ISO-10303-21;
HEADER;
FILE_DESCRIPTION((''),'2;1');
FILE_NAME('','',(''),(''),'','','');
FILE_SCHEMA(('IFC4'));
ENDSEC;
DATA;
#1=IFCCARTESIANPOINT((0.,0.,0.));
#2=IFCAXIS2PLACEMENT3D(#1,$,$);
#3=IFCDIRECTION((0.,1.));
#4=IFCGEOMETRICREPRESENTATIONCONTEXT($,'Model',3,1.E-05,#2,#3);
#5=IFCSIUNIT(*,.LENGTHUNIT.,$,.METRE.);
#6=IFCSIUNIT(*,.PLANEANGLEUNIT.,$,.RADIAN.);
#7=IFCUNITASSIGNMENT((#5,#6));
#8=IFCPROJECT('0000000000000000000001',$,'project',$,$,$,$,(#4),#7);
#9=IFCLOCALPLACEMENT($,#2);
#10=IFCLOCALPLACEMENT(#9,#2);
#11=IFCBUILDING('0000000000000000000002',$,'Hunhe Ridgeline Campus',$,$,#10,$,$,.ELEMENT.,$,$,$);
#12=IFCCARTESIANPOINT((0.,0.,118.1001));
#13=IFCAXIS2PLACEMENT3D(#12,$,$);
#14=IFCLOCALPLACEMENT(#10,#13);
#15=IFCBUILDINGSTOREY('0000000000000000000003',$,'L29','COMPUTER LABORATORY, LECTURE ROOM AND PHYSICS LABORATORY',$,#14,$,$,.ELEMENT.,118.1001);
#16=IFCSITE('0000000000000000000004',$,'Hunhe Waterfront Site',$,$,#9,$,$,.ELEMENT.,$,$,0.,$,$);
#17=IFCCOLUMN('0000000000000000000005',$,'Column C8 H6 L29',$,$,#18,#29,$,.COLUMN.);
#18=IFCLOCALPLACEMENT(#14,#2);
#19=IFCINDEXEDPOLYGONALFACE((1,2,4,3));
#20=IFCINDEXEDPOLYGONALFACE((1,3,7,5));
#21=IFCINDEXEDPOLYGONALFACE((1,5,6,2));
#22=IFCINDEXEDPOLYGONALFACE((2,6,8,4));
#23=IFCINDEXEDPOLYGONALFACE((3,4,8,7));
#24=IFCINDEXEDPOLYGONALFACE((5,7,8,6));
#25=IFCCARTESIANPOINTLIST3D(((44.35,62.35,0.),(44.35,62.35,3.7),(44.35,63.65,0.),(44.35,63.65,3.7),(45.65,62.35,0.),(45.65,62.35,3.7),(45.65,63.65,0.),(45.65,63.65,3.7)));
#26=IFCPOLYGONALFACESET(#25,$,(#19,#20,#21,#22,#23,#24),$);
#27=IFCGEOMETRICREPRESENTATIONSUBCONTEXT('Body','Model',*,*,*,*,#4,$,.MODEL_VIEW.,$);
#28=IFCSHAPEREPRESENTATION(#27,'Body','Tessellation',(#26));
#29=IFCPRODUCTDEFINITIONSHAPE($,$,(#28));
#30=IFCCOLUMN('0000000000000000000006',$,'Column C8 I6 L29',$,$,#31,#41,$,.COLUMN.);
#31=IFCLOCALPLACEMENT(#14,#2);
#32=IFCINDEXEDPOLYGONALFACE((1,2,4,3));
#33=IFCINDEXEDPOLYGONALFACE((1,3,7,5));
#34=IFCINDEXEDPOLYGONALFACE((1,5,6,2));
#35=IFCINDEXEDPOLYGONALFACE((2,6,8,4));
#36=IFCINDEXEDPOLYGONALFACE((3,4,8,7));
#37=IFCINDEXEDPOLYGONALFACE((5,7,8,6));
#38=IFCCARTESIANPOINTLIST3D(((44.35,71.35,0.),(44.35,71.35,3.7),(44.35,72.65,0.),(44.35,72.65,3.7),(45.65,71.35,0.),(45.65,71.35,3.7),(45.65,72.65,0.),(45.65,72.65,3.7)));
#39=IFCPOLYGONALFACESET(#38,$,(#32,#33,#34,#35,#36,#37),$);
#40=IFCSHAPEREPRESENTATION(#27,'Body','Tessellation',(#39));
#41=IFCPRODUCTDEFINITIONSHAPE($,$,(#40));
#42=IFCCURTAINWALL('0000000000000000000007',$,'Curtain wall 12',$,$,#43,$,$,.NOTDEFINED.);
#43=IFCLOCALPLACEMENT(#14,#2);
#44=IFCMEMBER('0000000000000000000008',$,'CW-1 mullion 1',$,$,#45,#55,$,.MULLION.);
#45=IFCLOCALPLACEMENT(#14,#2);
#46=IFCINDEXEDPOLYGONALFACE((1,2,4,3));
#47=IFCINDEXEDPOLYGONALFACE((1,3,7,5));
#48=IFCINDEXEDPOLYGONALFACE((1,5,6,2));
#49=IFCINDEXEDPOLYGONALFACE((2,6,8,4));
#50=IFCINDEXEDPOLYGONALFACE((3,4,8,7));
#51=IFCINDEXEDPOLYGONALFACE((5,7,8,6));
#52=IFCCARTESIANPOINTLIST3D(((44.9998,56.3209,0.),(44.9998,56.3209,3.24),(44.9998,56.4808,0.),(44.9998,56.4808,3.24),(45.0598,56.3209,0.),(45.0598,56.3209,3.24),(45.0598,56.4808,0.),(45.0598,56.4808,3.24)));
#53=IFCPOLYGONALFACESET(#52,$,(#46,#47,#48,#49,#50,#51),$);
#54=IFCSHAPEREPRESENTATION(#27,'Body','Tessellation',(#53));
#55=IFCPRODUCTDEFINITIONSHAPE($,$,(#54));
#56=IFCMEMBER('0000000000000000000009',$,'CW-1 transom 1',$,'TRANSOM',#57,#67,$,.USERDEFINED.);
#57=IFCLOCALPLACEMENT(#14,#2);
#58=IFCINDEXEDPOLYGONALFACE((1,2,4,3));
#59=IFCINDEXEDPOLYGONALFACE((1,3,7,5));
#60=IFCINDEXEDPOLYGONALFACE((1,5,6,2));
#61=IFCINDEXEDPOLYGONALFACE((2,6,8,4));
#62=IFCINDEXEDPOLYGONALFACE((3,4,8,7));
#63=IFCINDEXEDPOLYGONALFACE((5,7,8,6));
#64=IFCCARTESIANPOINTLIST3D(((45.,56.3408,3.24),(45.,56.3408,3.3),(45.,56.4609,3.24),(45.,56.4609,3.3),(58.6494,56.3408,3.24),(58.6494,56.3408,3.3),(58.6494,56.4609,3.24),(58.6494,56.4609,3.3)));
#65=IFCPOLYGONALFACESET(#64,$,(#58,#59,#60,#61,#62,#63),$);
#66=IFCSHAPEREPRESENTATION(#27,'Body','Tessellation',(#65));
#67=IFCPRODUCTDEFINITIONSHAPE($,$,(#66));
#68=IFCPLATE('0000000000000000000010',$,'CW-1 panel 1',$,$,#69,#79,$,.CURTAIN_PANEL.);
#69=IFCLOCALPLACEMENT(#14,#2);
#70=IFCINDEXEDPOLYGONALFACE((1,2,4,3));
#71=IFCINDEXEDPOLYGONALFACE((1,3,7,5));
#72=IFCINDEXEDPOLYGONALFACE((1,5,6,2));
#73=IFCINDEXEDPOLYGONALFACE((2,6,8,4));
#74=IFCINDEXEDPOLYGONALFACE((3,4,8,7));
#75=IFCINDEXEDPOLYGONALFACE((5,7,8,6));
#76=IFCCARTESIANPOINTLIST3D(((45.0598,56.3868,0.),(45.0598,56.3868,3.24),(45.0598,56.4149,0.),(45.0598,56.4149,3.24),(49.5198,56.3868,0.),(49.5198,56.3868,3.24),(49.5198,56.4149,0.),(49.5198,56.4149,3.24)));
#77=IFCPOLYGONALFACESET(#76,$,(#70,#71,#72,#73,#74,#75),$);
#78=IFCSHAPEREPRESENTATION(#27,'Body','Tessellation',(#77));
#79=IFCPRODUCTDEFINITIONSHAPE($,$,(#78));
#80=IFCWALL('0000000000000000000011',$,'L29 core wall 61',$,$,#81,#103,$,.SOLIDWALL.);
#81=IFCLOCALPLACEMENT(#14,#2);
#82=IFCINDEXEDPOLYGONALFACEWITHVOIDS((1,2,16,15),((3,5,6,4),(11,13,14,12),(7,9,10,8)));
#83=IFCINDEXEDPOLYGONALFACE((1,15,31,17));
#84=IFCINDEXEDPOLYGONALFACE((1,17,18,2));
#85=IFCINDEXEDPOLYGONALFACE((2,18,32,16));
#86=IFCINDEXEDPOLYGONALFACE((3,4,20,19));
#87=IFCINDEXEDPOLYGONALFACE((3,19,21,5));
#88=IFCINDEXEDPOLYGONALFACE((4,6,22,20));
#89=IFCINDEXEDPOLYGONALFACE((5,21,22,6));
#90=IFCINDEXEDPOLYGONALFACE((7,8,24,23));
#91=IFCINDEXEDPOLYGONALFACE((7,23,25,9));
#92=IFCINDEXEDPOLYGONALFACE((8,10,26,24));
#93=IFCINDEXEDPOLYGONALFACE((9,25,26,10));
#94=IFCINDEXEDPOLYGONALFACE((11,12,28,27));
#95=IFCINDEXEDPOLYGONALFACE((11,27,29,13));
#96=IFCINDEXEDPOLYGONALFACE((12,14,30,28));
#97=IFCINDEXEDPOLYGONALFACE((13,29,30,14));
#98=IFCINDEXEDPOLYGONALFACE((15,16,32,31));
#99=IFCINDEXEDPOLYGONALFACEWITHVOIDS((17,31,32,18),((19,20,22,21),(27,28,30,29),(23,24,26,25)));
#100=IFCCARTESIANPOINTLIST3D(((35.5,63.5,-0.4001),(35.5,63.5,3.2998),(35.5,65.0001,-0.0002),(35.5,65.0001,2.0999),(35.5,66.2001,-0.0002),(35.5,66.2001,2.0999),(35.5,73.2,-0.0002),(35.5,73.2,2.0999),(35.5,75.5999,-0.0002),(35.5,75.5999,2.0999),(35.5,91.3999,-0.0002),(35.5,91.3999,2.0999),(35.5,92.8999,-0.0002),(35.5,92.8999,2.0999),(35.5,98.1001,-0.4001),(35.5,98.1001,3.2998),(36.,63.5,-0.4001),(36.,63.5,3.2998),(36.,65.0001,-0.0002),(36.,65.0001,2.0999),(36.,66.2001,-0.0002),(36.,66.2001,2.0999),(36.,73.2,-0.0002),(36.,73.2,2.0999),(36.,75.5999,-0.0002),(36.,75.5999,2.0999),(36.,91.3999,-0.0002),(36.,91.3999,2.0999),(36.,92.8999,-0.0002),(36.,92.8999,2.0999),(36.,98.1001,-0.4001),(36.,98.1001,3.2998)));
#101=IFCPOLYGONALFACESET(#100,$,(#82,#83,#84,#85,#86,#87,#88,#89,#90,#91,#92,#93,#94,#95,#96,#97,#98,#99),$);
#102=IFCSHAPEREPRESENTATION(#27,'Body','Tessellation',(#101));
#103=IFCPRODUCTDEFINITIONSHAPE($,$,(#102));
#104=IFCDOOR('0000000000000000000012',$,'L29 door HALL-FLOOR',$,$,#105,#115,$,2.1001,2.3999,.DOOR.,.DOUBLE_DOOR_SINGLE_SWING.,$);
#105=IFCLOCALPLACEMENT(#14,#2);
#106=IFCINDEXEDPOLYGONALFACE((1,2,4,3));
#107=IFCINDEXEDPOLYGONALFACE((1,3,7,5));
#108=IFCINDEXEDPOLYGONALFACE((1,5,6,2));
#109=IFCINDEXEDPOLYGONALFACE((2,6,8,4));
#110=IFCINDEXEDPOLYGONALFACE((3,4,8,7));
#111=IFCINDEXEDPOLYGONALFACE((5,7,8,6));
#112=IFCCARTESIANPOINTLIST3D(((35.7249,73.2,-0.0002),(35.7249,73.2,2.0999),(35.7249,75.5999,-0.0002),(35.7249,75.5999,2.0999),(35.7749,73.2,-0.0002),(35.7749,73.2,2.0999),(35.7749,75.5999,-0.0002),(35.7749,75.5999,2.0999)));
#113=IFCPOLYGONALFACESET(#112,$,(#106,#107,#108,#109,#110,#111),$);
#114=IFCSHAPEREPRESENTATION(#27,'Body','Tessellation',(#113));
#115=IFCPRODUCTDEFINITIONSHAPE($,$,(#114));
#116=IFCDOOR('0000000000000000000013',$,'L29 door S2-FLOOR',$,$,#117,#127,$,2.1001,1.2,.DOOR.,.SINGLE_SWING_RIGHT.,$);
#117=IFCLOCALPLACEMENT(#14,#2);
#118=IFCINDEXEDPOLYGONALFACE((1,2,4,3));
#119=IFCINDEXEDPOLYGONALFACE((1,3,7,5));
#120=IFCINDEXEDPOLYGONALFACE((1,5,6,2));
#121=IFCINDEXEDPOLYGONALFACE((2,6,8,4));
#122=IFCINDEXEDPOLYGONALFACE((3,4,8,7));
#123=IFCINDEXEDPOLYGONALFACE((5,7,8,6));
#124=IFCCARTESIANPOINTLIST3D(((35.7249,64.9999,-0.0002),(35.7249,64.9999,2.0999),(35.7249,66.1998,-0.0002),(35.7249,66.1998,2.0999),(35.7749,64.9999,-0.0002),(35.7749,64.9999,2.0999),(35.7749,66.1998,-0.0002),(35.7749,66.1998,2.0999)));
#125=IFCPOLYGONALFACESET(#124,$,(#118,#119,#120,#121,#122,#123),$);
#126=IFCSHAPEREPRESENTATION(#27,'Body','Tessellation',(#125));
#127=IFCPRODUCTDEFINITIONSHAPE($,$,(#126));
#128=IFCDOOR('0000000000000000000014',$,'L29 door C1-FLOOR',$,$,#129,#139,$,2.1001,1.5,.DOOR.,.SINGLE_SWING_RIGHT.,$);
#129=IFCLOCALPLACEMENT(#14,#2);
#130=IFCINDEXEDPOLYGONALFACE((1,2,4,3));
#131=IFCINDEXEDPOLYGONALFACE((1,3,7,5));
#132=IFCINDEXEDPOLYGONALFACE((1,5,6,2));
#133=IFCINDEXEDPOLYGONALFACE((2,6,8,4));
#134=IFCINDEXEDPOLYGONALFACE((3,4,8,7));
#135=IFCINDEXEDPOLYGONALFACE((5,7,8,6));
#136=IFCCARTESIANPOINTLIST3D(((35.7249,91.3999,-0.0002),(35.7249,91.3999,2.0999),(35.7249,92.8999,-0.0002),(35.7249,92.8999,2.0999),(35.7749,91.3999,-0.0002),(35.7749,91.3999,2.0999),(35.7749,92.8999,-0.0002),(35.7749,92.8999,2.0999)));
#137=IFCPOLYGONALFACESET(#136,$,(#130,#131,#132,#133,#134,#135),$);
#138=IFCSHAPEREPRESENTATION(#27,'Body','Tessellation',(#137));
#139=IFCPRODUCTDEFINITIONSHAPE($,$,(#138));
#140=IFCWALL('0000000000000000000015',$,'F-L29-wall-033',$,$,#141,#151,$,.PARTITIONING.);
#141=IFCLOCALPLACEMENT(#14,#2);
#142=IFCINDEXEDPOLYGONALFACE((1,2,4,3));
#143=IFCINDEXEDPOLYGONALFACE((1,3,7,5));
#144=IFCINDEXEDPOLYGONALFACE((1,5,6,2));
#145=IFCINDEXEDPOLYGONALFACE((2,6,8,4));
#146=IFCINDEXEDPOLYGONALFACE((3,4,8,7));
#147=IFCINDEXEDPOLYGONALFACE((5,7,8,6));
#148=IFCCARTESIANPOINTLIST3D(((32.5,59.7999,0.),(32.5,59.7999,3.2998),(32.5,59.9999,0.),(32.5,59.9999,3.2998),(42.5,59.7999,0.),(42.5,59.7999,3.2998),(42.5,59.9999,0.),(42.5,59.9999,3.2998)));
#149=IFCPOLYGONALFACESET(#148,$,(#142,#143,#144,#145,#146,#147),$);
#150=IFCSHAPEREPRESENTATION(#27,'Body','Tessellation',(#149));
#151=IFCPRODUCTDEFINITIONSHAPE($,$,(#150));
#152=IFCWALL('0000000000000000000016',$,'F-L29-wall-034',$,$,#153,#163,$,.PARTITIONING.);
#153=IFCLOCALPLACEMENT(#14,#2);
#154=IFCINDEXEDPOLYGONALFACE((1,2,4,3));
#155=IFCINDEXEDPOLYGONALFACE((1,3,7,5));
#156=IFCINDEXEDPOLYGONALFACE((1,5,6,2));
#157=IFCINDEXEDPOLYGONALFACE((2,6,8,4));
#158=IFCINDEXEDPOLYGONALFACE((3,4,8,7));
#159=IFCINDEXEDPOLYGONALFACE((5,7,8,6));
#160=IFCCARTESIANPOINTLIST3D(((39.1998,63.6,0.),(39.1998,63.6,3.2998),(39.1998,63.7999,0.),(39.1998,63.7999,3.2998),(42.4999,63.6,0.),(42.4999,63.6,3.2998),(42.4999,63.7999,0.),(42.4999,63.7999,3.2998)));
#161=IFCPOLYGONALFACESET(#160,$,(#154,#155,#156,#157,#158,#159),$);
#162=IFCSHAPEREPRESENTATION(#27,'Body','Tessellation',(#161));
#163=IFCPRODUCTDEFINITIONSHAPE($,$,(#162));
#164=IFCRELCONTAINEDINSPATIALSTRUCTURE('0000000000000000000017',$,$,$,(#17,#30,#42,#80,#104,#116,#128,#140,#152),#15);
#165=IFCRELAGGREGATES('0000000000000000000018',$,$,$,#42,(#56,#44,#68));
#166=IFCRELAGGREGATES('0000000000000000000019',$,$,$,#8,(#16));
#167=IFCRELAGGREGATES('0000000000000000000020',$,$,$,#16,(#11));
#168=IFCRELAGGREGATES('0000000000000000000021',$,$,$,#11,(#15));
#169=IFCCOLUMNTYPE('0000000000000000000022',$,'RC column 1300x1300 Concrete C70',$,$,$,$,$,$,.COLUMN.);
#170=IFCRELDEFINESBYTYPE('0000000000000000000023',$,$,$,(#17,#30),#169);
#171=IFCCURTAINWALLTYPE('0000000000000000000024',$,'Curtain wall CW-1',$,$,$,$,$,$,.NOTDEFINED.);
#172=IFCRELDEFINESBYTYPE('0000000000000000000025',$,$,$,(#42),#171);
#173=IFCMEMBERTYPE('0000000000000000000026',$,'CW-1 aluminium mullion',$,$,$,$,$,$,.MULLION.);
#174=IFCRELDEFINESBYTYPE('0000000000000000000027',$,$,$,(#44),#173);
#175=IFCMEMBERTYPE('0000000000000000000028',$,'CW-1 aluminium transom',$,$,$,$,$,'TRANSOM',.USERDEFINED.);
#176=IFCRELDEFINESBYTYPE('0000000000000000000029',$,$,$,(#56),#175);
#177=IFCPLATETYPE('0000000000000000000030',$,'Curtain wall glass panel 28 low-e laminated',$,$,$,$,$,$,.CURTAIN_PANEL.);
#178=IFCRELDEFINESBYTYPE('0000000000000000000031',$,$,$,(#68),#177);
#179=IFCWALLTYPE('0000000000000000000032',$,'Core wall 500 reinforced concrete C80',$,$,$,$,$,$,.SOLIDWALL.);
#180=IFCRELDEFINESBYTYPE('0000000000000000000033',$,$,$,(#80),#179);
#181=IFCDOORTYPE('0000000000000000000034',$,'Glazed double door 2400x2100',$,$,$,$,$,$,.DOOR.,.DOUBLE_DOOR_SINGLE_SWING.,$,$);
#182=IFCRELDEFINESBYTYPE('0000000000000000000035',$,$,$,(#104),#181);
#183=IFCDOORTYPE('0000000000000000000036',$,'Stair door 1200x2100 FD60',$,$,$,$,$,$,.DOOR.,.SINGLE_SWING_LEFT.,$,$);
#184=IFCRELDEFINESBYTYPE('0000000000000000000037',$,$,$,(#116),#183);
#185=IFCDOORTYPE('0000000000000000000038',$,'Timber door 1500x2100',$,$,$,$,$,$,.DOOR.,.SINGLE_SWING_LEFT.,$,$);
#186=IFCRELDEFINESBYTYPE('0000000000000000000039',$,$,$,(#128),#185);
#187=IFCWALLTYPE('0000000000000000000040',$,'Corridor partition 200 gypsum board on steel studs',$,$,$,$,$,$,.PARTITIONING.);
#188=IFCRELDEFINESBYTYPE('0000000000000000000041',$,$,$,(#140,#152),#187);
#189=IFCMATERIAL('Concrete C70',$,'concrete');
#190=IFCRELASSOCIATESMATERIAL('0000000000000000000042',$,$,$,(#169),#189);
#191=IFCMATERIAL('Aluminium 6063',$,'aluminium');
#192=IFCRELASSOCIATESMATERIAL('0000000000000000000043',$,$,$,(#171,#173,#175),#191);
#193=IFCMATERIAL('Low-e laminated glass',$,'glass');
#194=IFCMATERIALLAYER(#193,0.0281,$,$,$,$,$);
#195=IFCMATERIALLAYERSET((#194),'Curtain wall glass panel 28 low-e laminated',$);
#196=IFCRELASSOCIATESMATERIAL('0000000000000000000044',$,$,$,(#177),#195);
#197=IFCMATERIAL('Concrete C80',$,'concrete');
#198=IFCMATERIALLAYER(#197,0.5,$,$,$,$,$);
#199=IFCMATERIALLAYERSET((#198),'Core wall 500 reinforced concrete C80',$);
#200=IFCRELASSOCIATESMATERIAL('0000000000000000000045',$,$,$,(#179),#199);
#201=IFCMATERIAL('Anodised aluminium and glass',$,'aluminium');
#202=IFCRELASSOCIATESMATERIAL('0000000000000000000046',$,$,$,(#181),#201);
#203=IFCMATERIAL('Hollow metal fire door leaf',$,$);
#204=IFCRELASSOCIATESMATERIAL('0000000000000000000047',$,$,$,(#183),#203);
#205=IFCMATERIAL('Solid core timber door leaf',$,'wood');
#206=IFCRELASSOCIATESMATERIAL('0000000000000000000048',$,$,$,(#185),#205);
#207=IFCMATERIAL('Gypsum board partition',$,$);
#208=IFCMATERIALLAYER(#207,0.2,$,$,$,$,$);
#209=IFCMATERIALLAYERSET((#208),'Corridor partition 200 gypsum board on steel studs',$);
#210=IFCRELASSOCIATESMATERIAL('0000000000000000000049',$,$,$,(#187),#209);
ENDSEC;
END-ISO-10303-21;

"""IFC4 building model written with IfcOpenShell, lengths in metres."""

from ifc_helpers import new_model, si_unit, direction, frame, frame_2d, origin, origin_2d, place, context, subcontext, project, spatial, rectangle, extrude, material, layer, layer_set, material_profile, profile_set, type_object, element, fill, aggregate, save


model = new_model("IFC4")

# Units and contexts
model_context = context("Model", 3, precision=1e-05, world=origin(), true_north=direction((0.0, 1.0)))
body_context = subcontext(model_context, "Body", "Model", "MODEL_VIEW")
ifc_project = project(units=[si_unit("LENGTHUNIT", "METRE"), si_unit("PLANEANGLEUNIT", "RADIAN")], contexts=[model_context])

# Site, building, storey
site_placement = place(None, origin())
site = spatial("IfcSite", under=ifc_project, at=site_placement, Name="Hunhe Waterfront Site", CompositionType="ELEMENT", RefElevation=0.0)
building_placement = place(site_placement, origin())
building = spatial("IfcBuilding", under=site, at=building_placement, Name="Hunhe Ridgeline Campus", CompositionType="ELEMENT")
storey_placement = place(building_placement, frame((0.0, 0.0, 118.1001)))
storey = spatial("IfcBuildingStorey", under=building, at=storey_placement, Name="L29", Description="COMPUTER LABORATORY, LECTURE ROOM AND PHYSICS LABORATORY", CompositionType="ELEMENT", Elevation=118.1001)

# Columns
ifc_material_1 = material(Name="Concrete C70", Category="concrete")
ifc_material_profile_1 = material_profile(ifc_material_1, rectangle(XDim=1.3, YDim=1.3, at=origin_2d()))
ifc_profile_set_1 = profile_set([ifc_material_profile_1], Name="Concrete C70")
column_type = type_object("IfcColumnType", Name="RC column 1300x1300 Concrete C70", PredefinedType="COLUMN", material=ifc_profile_set_1)
for number, where, z_axis, x_axis, name in (
    (1, (45.0, 63.0, 0.0), (0.0, 0.0, 1.0), (1.0, 0.0, 0.0), "Column C8 H6 L29"),
    (2, (45.0, 72.0, 0.0), (0.0, 0.0, 1.0), (1.0, 0.0, 0.0), "Column C8 I6 L29"),
):
    element("IfcColumn", number, at=place(storey_placement, frame(where, z_axis=z_axis, x_axis=x_axis)), inside=storey, type_object=column_type, Name=name, PredefinedType="COLUMN", context=body_context, shape_type="SweptSolid", body=[
        extrude(rectangle(XDim=1.3, YDim=1.3, at=origin_2d()), origin(), (0.0, 0.0, 1.0), 3.7),
    ])

# Curtain wall, members, plate
ifc_material_2 = material(Name="Aluminium 6063", Category="aluminium")
curtain_wall_type = type_object("IfcCurtainWallType", Name="Curtain wall CW-1", PredefinedType="NOTDEFINED", material=ifc_material_2)
curtain_wall_placement = place(storey_placement, origin())
curtain_wall = element("IfcCurtainWall", 3, at=curtain_wall_placement, inside=storey, type_object=curtain_wall_type, Name="Curtain wall 12", PredefinedType="NOTDEFINED")
ifc_material_profile_2 = material_profile(ifc_material_2, rectangle(XDim=0.1599, YDim=0.0601, at=origin_2d()))
ifc_profile_set_2 = profile_set([ifc_material_profile_2], Name="Aluminium 6063")
member_type_1 = type_object("IfcMemberType", Name="CW-1 aluminium mullion", PredefinedType="MULLION", material=ifc_profile_set_2)
member_1_placement = place(storey_placement, frame((45.0298, 56.4009, 0.0), z_axis=(0.0, 0.0, 1.0), x_axis=(0.0, 1.0, 0.0)))
member_1 = element("IfcMember", 4, at=member_1_placement, type_object=member_type_1, Name="CW-1 mullion 1", PredefinedType="MULLION", context=body_context, shape_type="SweptSolid", body=[
    extrude(rectangle(XDim=0.1599, YDim=0.0601, at=origin_2d()), origin(), (0.0, 0.0, 1.0), 3.24),
])
ifc_material_profile_3 = material_profile(ifc_material_2, rectangle(XDim=0.1201, YDim=0.0601, at=origin_2d()))
ifc_profile_set_3 = profile_set([ifc_material_profile_3], Name="Aluminium 6063")
member_type_2 = type_object("IfcMemberType", Name="CW-1 aluminium transom", ElementType="TRANSOM", PredefinedType="USERDEFINED", material=ifc_profile_set_3)
member_2_placement = place(storey_placement, frame((45.0, 56.4009, 3.27), z_axis=(1.0, 0.0, 0.0), x_axis=(0.0, 1.0, 0.0)))
member_2 = element("IfcMember", 5, at=member_2_placement, type_object=member_type_2, Name="CW-1 transom 1", ObjectType="TRANSOM", PredefinedType="USERDEFINED", context=body_context, shape_type="SweptSolid", body=[
    extrude(rectangle(XDim=0.1201, YDim=0.0601, at=origin_2d()), origin(), (0.0, 0.0, 1.0), 13.6494),
])
ifc_material_3 = material(Name="Low-e laminated glass", Category="glass")
ifc_layer_1 = layer(ifc_material_3, 0.0281)
ifc_layer_set_1 = layer_set([ifc_layer_1], Name="Curtain wall glass panel 28 low-e laminated")
plate_type = type_object("IfcPlateType", Name="Curtain wall glass panel 28 low-e laminated", PredefinedType="CURTAIN_PANEL", material=ifc_layer_set_1)
plate_placement = place(storey_placement, frame((47.2898, 56.4009, 0.0), z_axis=(0.0, 0.0, 1.0), x_axis=(1.0, 0.0, 0.0)))
plate = element("IfcPlate", 6, at=plate_placement, type_object=plate_type, Name="CW-1 panel 1", PredefinedType="CURTAIN_PANEL", context=body_context, shape_type="SweptSolid", body=[
    extrude(rectangle(XDim=4.46, YDim=0.0281, at=origin_2d()), origin(), (0.0, 0.0, 1.0), 3.24),
])
aggregate(curtain_wall, [member_2, member_1, plate])

# Wall, openings, doors
ifc_material_4 = material(Name="Concrete C80", Category="concrete")
ifc_layer_2 = layer(ifc_material_4, 0.5)
ifc_layer_set_2 = layer_set([ifc_layer_2], Name="Core wall 500 reinforced concrete C80")
wall_type_1 = type_object("IfcWallType", Name="Core wall 500 reinforced concrete C80", PredefinedType="SOLIDWALL", material=ifc_layer_set_2)
wall_1_placement = place(storey_placement, frame((35.75, 63.5, -0.4001), z_axis=(0.0, 0.0, 1.0), x_axis=(0.0, 1.0, 0.0)))
wall_1 = element("IfcWall", 7, at=wall_1_placement, inside=storey, type_object=wall_type_1, Name="L29 core wall 61", PredefinedType="SOLIDWALL", context=body_context, shape_type="SweptSolid", body=[
    extrude(rectangle(XDim=34.6001, YDim=0.5, at=frame_2d((17.3, 0.0))), origin(), (0.0, 0.0, 1.0), 3.7),
])
opening_1_placement = place(wall_1_placement, frame((9.7, 0.0, 0.3999)))
opening_1 = element("IfcOpeningElement", 8, at=opening_1_placement, cuts=wall_1, PredefinedType="OPENING", context=body_context, shape_type="SweptSolid", body=[
    extrude(rectangle(XDim=2.3999, YDim=2.1001, at=frame_2d((1.2, 1.05))), frame((0.0, 0.25, 0.0), z_axis=(0.0, -1.0, 0.0), x_axis=(1.0, 0.0, 0.0)), (0.0, 0.0, 1.0), 0.5),
])
opening_2_placement = place(wall_1_placement, frame((27.8999, 0.0, 0.3999)))
opening_2 = element("IfcOpeningElement", 9, at=opening_2_placement, cuts=wall_1, PredefinedType="OPENING", context=body_context, shape_type="SweptSolid", body=[
    extrude(rectangle(XDim=1.5, YDim=2.1001, at=frame_2d((0.75, 1.05))), frame((0.0, 0.25, 0.0), z_axis=(0.0, -1.0, 0.0), x_axis=(1.0, 0.0, 0.0)), (0.0, 0.0, 1.0), 0.5),
])
opening_3_placement = place(wall_1_placement, frame((1.5, 0.0, 0.3999)))
opening_3 = element("IfcOpeningElement", 10, at=opening_3_placement, cuts=wall_1, PredefinedType="OPENING", context=body_context, shape_type="SweptSolid", body=[
    extrude(rectangle(XDim=1.2, YDim=2.1001, at=frame_2d((0.6001, 1.05))), frame((0.0, 0.25, 0.0), z_axis=(0.0, -1.0, 0.0), x_axis=(1.0, 0.0, 0.0)), (0.0, 0.0, 1.0), 0.5),
])
ifc_material_5 = material(Name="Anodised aluminium and glass", Category="aluminium")
door_type_1 = type_object("IfcDoorType", Name="Glazed double door 2400x2100", OperationType="DOUBLE_DOOR_SINGLE_SWING", PredefinedType="DOOR", material=ifc_material_5)
door_1_placement = place(opening_1_placement, frame((2.3999, 0.0, 0.0), z_axis=(0.0, 0.0, 1.0), x_axis=(-1.0, 0.0, 0.0)))
door_1 = element("IfcDoor", 11, at=door_1_placement, inside=storey, type_object=door_type_1, Name="L29 door HALL-FLOOR", OperationType="DOUBLE_DOOR_SINGLE_SWING", OverallHeight=2.1001, OverallWidth=2.3999, PredefinedType="DOOR", context=body_context, shape_type="SweptSolid", body=[
    extrude(rectangle(XDim=2.3999, YDim=2.1001, at=frame_2d((1.2, 1.05))), frame((0.0, 0.0249, 0.0), z_axis=(0.0, -1.0, 0.0), x_axis=(1.0, 0.0, 0.0)), (0.0, 0.0, 1.0), 0.05),
])
fill(opening_1, door_1)
ifc_material_6 = material(Name="Hollow metal fire door leaf")
door_type_2 = type_object("IfcDoorType", Name="Stair door 1200x2100 FD60", OperationType="SINGLE_SWING_LEFT", PredefinedType="DOOR", material=ifc_material_6)
door_2_placement = place(opening_3_placement, frame((1.2, 0.0, 0.0), z_axis=(0.0, 0.0, 1.0), x_axis=(-1.0, 0.0, 0.0)))
door_2 = element("IfcDoor", 12, at=door_2_placement, inside=storey, type_object=door_type_2, Name="L29 door S2-FLOOR", OperationType="SINGLE_SWING_RIGHT", OverallHeight=2.1001, OverallWidth=1.2, PredefinedType="DOOR", context=body_context, shape_type="SweptSolid", body=[
    extrude(rectangle(XDim=1.2, YDim=2.1001, at=frame_2d((0.6001, 1.05))), frame((0.0, 0.0249, 0.0), z_axis=(0.0, -1.0, 0.0), x_axis=(1.0, 0.0, 0.0)), (0.0, 0.0, 1.0), 0.05),
])
fill(opening_3, door_2)
ifc_material_7 = material(Name="Solid core timber door leaf", Category="wood")
door_type_3 = type_object("IfcDoorType", Name="Timber door 1500x2100", OperationType="SINGLE_SWING_LEFT", PredefinedType="DOOR", material=ifc_material_7)
door_3_placement = place(opening_2_placement, frame((1.5, 0.0, 0.0), z_axis=(0.0, 0.0, 1.0), x_axis=(-1.0, 0.0, 0.0)))
door_3 = element("IfcDoor", 13, at=door_3_placement, inside=storey, type_object=door_type_3, Name="L29 door C1-FLOOR", OperationType="SINGLE_SWING_RIGHT", OverallHeight=2.1001, OverallWidth=1.5, PredefinedType="DOOR", context=body_context, shape_type="SweptSolid", body=[
    extrude(rectangle(XDim=1.5, YDim=2.1001, at=frame_2d((0.75, 1.05))), frame((0.0, 0.0249, 0.0), z_axis=(0.0, -1.0, 0.0), x_axis=(1.0, 0.0, 0.0)), (0.0, 0.0, 1.0), 0.05),
])
fill(opening_2, door_3)

# Walls
ifc_material_8 = material(Name="Gypsum board partition")
ifc_layer_3 = layer(ifc_material_8, 0.2)
ifc_layer_set_3 = layer_set([ifc_layer_3], Name="Corridor partition 200 gypsum board on steel studs")
wall_type_2 = type_object("IfcWallType", Name="Corridor partition 200 gypsum board on steel studs", PredefinedType="PARTITIONING", material=ifc_layer_set_3)
wall_2_placement = place(storey_placement, frame((42.5, 59.8999, 0.0), z_axis=(0.0, 0.0, 1.0), x_axis=(-1.0, 0.0, 0.0)))
element("IfcWall", 14, at=wall_2_placement, inside=storey, type_object=wall_type_2, Name="F-L29-wall-033", PredefinedType="PARTITIONING", context=body_context, shape_type="SweptSolid", body=[
    extrude(rectangle(XDim=10.0, YDim=0.2, at=frame_2d((5.0, 0.0))), origin(), (0.0, 0.0, 1.0), 3.2998),
])
wall_3_placement = place(storey_placement, frame((39.2, 63.7, 0.0), z_axis=(0.0, 0.0, 1.0), x_axis=(1.0, 0.0, 0.0)))
element("IfcWall", 15, at=wall_3_placement, inside=storey, type_object=wall_type_2, Name="F-L29-wall-034", PredefinedType="PARTITIONING", context=body_context, shape_type="SweptSolid", body=[
    extrude(rectangle(XDim=3.3, YDim=0.2, at=frame_2d((1.6499, 0.0))), origin(), (0.0, 0.0, 1.0), 3.2998),
])

save(model, "model.ifc")
